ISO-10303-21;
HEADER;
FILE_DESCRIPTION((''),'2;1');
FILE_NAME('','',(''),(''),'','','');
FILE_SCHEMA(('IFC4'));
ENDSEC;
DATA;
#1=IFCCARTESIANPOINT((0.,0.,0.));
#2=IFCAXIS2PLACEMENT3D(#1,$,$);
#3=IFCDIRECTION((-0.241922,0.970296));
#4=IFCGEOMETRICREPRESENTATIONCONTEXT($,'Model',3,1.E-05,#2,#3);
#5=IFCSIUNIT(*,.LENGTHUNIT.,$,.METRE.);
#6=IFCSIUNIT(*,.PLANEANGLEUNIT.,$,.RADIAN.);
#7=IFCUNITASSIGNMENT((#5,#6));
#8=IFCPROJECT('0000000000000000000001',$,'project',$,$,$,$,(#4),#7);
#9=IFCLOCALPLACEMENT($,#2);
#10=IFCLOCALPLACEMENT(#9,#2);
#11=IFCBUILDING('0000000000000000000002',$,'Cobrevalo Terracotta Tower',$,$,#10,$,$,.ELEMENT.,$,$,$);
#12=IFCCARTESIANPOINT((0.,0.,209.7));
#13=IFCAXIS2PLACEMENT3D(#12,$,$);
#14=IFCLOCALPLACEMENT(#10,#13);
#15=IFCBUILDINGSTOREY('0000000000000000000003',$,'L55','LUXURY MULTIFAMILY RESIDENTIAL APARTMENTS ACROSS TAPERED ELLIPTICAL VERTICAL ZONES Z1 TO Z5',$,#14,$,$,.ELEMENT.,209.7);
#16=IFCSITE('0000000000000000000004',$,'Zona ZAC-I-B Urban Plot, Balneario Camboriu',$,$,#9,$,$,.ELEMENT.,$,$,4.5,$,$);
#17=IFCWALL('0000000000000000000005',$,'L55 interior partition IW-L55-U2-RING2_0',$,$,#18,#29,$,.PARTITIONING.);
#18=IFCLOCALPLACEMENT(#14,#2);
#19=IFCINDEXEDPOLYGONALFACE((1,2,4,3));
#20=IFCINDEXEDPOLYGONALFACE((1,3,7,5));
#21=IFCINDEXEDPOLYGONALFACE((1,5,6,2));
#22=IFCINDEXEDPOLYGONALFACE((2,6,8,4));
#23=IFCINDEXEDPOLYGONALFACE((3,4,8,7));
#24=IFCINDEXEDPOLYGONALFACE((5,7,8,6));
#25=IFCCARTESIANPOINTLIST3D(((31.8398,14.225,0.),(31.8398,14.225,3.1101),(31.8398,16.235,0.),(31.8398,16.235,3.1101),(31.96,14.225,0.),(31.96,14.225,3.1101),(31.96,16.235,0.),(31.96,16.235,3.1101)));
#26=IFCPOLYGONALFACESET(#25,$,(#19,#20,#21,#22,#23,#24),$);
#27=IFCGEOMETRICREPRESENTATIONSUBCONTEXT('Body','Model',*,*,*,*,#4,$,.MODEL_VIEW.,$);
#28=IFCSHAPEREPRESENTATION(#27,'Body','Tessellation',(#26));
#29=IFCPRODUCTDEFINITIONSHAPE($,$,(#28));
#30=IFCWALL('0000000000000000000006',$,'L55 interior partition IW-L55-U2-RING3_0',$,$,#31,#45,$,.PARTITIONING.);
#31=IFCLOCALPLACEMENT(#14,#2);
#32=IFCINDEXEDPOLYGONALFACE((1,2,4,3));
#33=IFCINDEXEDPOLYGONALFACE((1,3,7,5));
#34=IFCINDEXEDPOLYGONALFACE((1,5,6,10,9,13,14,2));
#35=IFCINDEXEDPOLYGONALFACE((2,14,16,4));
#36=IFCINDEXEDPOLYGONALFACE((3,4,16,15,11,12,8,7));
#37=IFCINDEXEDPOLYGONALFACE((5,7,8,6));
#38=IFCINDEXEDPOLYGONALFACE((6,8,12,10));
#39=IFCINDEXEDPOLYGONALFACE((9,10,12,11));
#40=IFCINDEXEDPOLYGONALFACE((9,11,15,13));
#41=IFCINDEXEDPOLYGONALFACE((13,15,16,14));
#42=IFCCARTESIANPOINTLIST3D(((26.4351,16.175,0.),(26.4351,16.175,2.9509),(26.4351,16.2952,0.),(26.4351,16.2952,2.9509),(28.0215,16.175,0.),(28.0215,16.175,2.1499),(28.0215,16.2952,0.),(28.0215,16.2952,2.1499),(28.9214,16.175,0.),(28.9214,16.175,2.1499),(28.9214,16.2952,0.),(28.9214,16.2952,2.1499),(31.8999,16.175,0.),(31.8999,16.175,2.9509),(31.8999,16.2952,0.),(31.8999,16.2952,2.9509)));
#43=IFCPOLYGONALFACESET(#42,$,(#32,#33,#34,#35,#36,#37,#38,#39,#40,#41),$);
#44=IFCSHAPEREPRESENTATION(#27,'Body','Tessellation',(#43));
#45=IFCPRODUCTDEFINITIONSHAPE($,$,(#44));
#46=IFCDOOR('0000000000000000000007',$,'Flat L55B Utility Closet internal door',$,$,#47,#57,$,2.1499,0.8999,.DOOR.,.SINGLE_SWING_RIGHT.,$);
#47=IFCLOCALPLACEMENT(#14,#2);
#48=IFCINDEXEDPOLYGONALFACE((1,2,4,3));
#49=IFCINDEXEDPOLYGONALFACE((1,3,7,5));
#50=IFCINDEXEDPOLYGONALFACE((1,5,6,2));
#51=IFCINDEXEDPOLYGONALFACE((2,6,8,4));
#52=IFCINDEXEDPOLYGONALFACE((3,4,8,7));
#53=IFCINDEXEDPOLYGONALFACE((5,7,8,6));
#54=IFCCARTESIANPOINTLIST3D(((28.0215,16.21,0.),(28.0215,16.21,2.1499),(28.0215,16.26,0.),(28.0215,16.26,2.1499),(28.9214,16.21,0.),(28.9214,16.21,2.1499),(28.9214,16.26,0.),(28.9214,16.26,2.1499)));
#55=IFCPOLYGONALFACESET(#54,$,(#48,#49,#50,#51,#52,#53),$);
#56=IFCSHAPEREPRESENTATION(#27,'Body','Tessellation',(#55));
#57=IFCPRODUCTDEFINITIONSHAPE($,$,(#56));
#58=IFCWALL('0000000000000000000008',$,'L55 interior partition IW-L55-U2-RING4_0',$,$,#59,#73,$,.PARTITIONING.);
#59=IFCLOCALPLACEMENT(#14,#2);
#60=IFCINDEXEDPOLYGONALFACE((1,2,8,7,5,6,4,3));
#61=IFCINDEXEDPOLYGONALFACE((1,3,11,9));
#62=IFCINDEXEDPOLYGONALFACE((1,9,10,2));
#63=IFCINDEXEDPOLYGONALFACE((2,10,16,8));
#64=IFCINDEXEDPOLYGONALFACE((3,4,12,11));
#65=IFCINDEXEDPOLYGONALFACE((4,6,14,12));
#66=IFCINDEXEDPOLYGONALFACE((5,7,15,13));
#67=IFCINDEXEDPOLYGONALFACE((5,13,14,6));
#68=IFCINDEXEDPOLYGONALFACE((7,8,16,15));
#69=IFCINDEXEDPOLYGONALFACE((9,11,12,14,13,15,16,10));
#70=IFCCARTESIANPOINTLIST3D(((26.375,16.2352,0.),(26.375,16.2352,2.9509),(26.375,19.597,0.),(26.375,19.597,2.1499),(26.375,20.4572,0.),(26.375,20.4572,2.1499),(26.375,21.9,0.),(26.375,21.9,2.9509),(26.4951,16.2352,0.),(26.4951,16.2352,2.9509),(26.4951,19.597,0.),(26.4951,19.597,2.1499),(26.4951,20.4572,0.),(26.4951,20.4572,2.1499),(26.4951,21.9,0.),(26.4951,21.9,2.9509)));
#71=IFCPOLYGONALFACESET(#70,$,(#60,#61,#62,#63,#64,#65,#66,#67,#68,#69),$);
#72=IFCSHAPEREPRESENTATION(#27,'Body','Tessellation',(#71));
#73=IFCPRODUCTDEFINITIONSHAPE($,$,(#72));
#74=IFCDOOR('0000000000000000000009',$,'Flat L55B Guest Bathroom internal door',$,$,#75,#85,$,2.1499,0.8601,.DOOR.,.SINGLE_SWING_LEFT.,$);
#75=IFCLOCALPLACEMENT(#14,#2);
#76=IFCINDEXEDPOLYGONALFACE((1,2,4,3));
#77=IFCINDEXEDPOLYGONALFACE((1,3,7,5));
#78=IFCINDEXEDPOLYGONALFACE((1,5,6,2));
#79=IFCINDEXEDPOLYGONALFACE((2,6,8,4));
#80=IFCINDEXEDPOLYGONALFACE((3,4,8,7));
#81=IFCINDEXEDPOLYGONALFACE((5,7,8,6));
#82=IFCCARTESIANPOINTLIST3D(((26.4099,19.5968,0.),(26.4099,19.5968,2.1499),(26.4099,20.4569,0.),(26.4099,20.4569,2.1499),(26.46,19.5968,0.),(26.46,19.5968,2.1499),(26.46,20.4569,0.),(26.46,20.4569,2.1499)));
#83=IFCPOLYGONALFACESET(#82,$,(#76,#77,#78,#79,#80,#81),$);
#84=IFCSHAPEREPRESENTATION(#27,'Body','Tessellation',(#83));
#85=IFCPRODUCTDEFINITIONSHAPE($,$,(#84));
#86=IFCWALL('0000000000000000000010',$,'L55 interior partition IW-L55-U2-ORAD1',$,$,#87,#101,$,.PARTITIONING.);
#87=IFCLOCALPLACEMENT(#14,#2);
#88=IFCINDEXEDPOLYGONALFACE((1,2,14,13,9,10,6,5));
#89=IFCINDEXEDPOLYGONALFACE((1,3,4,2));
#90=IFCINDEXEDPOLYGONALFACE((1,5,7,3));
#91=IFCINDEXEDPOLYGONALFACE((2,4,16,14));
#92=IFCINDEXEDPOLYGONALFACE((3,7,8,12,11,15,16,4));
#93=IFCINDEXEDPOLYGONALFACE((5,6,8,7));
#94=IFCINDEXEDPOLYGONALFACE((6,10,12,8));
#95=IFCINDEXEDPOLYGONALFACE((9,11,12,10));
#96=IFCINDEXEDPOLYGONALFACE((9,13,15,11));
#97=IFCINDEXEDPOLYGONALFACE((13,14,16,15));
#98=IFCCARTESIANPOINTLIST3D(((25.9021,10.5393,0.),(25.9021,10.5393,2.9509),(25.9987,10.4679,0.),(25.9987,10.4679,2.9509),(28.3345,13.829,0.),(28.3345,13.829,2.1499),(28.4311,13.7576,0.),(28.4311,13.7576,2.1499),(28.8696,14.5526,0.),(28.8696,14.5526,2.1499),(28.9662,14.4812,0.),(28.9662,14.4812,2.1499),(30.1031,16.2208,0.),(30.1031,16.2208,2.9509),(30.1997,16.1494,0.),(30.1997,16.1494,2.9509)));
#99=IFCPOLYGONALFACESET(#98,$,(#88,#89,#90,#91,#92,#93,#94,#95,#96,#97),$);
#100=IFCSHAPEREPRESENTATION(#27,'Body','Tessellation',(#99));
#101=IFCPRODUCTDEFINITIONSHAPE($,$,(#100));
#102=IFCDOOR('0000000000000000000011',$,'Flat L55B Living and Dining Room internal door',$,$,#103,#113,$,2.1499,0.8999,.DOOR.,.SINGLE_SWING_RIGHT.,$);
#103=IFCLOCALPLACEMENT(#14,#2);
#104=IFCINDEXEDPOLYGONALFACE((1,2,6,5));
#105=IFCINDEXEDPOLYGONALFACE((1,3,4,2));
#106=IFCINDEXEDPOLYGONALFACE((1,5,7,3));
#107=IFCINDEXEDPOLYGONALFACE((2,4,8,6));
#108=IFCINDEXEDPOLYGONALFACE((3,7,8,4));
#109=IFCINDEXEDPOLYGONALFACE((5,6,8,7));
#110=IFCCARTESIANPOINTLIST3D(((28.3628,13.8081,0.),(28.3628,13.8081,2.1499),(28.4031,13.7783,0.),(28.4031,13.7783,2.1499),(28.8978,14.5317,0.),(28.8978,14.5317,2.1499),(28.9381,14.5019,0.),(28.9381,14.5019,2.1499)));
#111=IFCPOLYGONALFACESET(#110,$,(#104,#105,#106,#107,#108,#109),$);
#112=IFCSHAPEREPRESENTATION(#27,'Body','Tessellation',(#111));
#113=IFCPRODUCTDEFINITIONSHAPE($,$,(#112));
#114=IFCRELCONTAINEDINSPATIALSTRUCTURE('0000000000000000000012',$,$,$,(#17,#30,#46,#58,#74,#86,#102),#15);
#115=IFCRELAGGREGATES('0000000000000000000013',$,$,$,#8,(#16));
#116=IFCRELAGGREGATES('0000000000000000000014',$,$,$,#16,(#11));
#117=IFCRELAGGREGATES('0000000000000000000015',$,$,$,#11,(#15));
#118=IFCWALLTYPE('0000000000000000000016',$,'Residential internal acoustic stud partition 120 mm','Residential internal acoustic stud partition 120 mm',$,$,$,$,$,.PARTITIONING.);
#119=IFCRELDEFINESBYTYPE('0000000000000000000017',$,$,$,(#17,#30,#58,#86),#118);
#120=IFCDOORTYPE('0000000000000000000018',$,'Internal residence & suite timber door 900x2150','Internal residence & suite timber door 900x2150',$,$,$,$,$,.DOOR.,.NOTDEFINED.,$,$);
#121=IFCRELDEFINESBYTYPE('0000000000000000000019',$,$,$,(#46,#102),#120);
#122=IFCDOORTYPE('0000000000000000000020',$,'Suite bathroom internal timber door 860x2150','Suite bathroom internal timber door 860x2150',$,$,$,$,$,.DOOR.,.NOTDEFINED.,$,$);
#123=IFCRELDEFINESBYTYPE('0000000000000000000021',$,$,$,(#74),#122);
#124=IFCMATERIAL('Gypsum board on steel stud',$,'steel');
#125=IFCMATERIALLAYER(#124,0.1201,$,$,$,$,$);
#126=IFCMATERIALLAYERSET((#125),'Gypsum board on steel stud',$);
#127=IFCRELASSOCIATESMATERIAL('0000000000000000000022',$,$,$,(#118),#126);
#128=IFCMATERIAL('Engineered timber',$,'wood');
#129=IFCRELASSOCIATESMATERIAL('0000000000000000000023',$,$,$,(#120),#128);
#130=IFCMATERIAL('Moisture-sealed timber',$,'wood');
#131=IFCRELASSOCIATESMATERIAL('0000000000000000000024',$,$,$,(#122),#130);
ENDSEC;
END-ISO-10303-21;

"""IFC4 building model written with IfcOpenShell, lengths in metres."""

from ifc_helpers import new_model, si_unit, direction, frame, frame_2d, origin, place, context, subcontext, project, spatial, rectangle, extrude, source, transform, mapped, material, layer, layer_set, type_object, element, fill, save


model = new_model("IFC4")

# Units and contexts
model_context = context("Model", 3, precision=1e-05, world=origin(), true_north=direction((-0.241922, 0.970296)))
body_context = subcontext(model_context, "Body", "Model", "MODEL_VIEW")
ifc_project = project(units=[si_unit("LENGTHUNIT", "METRE"), si_unit("PLANEANGLEUNIT", "RADIAN")], contexts=[model_context])

# Site, building, storey
site_placement = place(None, origin())
site = spatial("IfcSite", under=ifc_project, at=site_placement, Name="Zona ZAC-I-B Urban Plot, Balneario Camboriu", CompositionType="ELEMENT", RefElevation=4.5)
building_placement = place(site_placement, origin())
building = spatial("IfcBuilding", under=site, at=building_placement, Name="Cobrevalo Terracotta Tower", CompositionType="ELEMENT")
storey_placement = place(building_placement, frame((0.0, 0.0, 209.7)))
storey = spatial("IfcBuildingStorey", under=building, at=storey_placement, Name="L55", Description="LUXURY MULTIFAMILY RESIDENTIAL APARTMENTS ACROSS TAPERED ELLIPTICAL VERTICAL ZONES Z1 TO Z5", CompositionType="ELEMENT", Elevation=209.7)

# Wall
ifc_material_1 = material(Name="Gypsum board on steel stud", Category="steel")
ifc_layer_1 = layer(ifc_material_1, 0.1201)
ifc_layer_set_1 = layer_set([ifc_layer_1], Name="Gypsum board on steel stud")
wall_type_1 = type_object("IfcWallType", Name="Residential internal acoustic stud partition 120 mm", Description="Residential internal acoustic stud partition 120 mm", PredefinedType="PARTITIONING", material=ifc_layer_set_1)
wall_1_placement = place(storey_placement, frame((31.8999, 14.2251, 0.0), z_axis=(0.0, 0.0, 1.0), x_axis=(0.0, 1.0, 0.0)))
element("IfcWall", 1, at=wall_1_placement, inside=storey, type_object=wall_type_1, Name="L55 interior partition IW-L55-U2-RING2_0", PredefinedType="PARTITIONING", context=body_context, shape_type="SweptSolid", body=[
    extrude(rectangle(XDim=2.01, YDim=0.1201, at=frame_2d((1.0049, 0.0))), origin(), (0.0, 0.0, 1.0), 3.1101),
])

# Walls, openings, doors
wall_2_placement = place(storey_placement, frame((31.8999, 16.2351, 0.0), z_axis=(0.0, 0.0, 1.0), x_axis=(-1.0, 0.0, 0.0)))
wall_2 = element("IfcWall", 2, at=wall_2_placement, inside=storey, type_object=wall_type_1, Name="L55 interior partition IW-L55-U2-RING3_0", PredefinedType="PARTITIONING", context=body_context, shape_type="SweptSolid", body=[
    extrude(rectangle(XDim=5.4648, YDim=0.1201, at=frame_2d((2.7324, 0.0))), origin(), (0.0, 0.0, 1.0), 2.9509),
])
opening_1_placement = place(wall_2_placement, frame((2.9785, 0.0, 0.0)))
opening_1 = element("IfcOpeningElement", 3, at=opening_1_placement, cuts=wall_2, PredefinedType="OPENING", context=body_context, shape_type="SweptSolid", body=[
    extrude(rectangle(XDim=0.8999, YDim=2.1499, at=frame_2d((0.45, 1.075))), frame((0.0, 0.0701, 0.0), z_axis=(0.0, -1.0, 0.0), x_axis=(1.0, 0.0, 0.0)), (0.0, 0.0, 1.0), 0.1401),
])
ifc_material_2 = material(Name="Engineered timber", Category="wood")
door_type_1 = type_object("IfcDoorType", Name="Internal residence & suite timber door 900x2150", Description="Internal residence & suite timber door 900x2150", OperationType="NOTDEFINED", PredefinedType="DOOR", material=ifc_material_2)
shared_shape_1 = source(origin(), body_context, "Body", "SweptSolid", [
    extrude(rectangle(XDim=0.8999, YDim=2.1499, at=frame_2d((0.45, 1.075))), frame((0.0, 0.0249, 0.0), z_axis=(0.0, -1.0, 0.0), x_axis=(1.0, 0.0, 0.0)), (0.0, 0.0, 1.0), 0.05),
])
door_1_placement = place(opening_1_placement, frame((0.8999, 0.0, 0.0), z_axis=(0.0, 0.0, 1.0), x_axis=(-1.0, 0.0, 0.0)))
door_1 = element("IfcDoor", 4, at=door_1_placement, inside=storey, type_object=door_type_1, Name="Flat L55B Utility Closet internal door", OperationType="SINGLE_SWING_RIGHT", OverallHeight=2.1499, OverallWidth=0.8999, PredefinedType="DOOR", context=body_context, shape_type="MappedRepresentation", body=[
    mapped(shared_shape_1, transform((0.0, 0.0, 0.0), scale=1.0)),
])
fill(opening_1, door_1)
wall_3_placement = place(storey_placement, frame((26.4351, 16.2351, 0.0), z_axis=(0.0, 0.0, 1.0), x_axis=(0.0, 1.0, 0.0)))
wall_3 = element("IfcWall", 5, at=wall_3_placement, inside=storey, type_object=wall_type_1, Name="L55 interior partition IW-L55-U2-RING4_0", PredefinedType="PARTITIONING", context=body_context, shape_type="SweptSolid", body=[
    extrude(rectangle(XDim=5.6648, YDim=0.1201, at=frame_2d((2.8325, 0.0))), origin(), (0.0, 0.0, 1.0), 2.9509),
])
opening_2_placement = place(wall_3_placement, frame((3.3618, 0.0, 0.0)))
opening_2 = element("IfcOpeningElement", 6, at=opening_2_placement, cuts=wall_3, PredefinedType="OPENING", context=body_context, shape_type="SweptSolid", body=[
    extrude(rectangle(XDim=0.8601, YDim=2.1499, at=frame_2d((0.4302, 1.075))), frame((0.0, 0.0701, 0.0), z_axis=(0.0, -1.0, 0.0), x_axis=(1.0, 0.0, 0.0)), (0.0, 0.0, 1.0), 0.1401),
])
ifc_material_3 = material(Name="Moisture-sealed timber", Category="wood")
door_type_2 = type_object("IfcDoorType", Name="Suite bathroom internal timber door 860x2150", Description="Suite bathroom internal timber door 860x2150", OperationType="NOTDEFINED", PredefinedType="DOOR", material=ifc_material_3)
shared_shape_2 = source(origin(), body_context, "Body", "SweptSolid", [
    extrude(rectangle(XDim=0.8601, YDim=2.1499, at=frame_2d((0.4302, 1.075))), frame((0.0, 0.0249, 0.0), z_axis=(0.0, -1.0, 0.0), x_axis=(1.0, 0.0, 0.0)), (0.0, 0.0, 1.0), 0.05),
])
door_2_placement = place(opening_2_placement, frame((0.8601, 0.0, 0.0), z_axis=(0.0, 0.0, 1.0), x_axis=(-1.0, 0.0, 0.0)))
door_2 = element("IfcDoor", 7, at=door_2_placement, inside=storey, type_object=door_type_2, Name="Flat L55B Guest Bathroom internal door", OperationType="SINGLE_SWING_LEFT", OverallHeight=2.1499, OverallWidth=0.8601, PredefinedType="DOOR", context=body_context, shape_type="MappedRepresentation", body=[
    mapped(shared_shape_2, transform((0.0, 0.0, 0.0), scale=1.0)),
])
fill(opening_2, door_2)
wall_4_placement = place(storey_placement, frame((30.1514, 16.1851, 0.0), z_axis=(0.0, 0.0, 1.0), x_axis=(-0.594541, -0.804066, 0.0)))
wall_4 = element("IfcWall", 8, at=wall_4_placement, inside=storey, type_object=wall_type_1, Name="L55 interior partition IW-L55-U2-ORAD1", PredefinedType="PARTITIONING", context=body_context, shape_type="SweptSolid", body=[
    extrude(rectangle(XDim=7.0659, YDim=0.1201, at=frame_2d((3.533, 0.0))), origin(), (0.0, 0.0, 1.0), 2.9509),
])
opening_3_placement = place(wall_4_placement, frame((2.0747, 0.0, 0.0)))
opening_3 = element("IfcOpeningElement", 9, at=opening_3_placement, cuts=wall_4, PredefinedType="OPENING", context=body_context, shape_type="SweptSolid", body=[
    extrude(rectangle(XDim=0.8999, YDim=2.1499, at=frame_2d((0.45, 1.075))), frame((0.0, 0.0701, 0.0), z_axis=(0.0, -1.0, 0.0), x_axis=(1.0, 0.0, 0.0)), (0.0, 0.0, 1.0), 0.1401),
])
door_3_placement = place(opening_3_placement, frame((0.8999, 0.0, 0.0), z_axis=(0.0, 0.0, 1.0), x_axis=(-1.0, 0.0, 0.0)))
door_3 = element("IfcDoor", 10, at=door_3_placement, inside=storey, type_object=door_type_1, Name="Flat L55B Living and Dining Room internal door", OperationType="SINGLE_SWING_RIGHT", OverallHeight=2.1499, OverallWidth=0.8999, PredefinedType="DOOR", context=body_context, shape_type="MappedRepresentation", body=[
    mapped(shared_shape_1, transform((0.0, 0.0, 0.0), scale=1.0)),
])
fill(opening_3, door_3)

save(model, "model.ifc")
